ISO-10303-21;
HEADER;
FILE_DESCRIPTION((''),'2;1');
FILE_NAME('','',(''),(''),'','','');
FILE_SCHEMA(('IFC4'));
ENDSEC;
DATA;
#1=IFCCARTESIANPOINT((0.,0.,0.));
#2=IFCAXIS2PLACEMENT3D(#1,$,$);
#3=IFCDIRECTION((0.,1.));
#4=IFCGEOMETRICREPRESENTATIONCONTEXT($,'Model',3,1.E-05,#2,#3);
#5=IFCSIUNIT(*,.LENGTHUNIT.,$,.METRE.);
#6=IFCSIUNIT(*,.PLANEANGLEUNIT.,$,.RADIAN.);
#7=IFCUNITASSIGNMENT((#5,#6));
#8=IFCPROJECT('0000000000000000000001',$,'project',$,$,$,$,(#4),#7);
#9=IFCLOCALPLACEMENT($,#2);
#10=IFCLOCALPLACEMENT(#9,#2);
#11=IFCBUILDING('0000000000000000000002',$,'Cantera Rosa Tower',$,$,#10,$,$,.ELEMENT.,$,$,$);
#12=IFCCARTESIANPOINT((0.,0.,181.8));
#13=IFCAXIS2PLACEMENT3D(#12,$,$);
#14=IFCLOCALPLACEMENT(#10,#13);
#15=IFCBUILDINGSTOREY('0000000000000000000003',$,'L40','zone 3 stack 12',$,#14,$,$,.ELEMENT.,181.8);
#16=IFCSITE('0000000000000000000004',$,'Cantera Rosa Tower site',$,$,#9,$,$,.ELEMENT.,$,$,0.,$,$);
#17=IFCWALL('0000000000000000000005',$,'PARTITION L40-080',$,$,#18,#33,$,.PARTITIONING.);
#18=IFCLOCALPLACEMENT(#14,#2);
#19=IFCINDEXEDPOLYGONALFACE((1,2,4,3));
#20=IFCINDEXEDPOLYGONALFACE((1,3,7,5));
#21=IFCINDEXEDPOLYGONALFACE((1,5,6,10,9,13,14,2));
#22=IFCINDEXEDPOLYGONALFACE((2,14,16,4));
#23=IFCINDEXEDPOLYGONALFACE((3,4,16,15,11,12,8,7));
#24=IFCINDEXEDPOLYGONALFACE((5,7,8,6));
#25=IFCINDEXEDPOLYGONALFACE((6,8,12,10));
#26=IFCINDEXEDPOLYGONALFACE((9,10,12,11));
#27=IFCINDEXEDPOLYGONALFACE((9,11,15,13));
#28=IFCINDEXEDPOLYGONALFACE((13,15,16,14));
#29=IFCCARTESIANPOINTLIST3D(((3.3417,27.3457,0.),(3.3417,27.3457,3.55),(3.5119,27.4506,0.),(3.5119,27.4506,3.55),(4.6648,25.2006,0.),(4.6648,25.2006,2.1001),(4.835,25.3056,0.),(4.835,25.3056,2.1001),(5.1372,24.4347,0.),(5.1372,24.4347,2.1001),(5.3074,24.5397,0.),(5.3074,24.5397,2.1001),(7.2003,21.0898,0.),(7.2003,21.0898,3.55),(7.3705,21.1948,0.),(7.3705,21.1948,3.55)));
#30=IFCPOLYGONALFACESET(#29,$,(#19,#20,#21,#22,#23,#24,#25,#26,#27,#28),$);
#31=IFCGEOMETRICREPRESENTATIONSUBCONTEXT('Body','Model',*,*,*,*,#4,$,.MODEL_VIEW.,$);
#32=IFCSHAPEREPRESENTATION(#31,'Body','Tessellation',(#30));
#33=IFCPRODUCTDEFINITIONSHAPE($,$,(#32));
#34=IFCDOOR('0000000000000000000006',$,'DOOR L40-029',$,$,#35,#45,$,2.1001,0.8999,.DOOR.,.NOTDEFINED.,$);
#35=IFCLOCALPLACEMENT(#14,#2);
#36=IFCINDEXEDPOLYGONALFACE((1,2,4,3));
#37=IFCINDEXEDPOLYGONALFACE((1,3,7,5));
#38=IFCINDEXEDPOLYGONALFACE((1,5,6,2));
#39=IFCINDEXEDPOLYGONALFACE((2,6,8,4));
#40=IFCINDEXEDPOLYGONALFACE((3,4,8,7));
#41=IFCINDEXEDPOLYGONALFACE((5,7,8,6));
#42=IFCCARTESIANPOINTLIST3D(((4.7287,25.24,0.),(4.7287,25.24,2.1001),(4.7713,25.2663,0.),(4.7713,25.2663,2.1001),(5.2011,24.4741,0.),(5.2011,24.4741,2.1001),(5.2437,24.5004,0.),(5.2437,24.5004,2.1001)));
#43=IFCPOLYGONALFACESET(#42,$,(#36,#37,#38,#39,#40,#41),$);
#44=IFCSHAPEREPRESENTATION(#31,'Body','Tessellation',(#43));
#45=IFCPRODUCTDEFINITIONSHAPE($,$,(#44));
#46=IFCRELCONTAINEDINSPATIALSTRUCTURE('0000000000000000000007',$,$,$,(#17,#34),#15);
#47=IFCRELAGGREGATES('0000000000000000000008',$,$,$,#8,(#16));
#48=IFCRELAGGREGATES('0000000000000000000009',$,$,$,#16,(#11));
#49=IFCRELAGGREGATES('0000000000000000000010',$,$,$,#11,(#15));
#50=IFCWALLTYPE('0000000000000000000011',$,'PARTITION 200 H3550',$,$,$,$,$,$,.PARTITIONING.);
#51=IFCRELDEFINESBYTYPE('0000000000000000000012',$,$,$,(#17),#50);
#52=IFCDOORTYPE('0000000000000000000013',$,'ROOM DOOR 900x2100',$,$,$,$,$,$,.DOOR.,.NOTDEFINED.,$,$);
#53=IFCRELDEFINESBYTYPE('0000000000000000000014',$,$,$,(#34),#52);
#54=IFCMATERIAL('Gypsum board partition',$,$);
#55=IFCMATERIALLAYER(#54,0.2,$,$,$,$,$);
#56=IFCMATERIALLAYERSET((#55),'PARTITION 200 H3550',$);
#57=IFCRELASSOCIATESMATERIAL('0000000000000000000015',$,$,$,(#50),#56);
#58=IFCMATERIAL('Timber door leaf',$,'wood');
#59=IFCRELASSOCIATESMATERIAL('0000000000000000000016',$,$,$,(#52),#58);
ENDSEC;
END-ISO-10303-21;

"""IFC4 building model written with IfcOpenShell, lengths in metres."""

from ifc_helpers import new_model, si_unit, direction, frame, frame_2d, origin, place, context, subcontext, project, spatial, rectangle, extrude, material, layer, layer_set, type_object, element, fill, save


model = new_model("IFC4")

# Units and contexts
model_context = context("Model", 3, precision=1e-05, world=origin(), true_north=direction((0.0, 1.0)))
body_context = subcontext(model_context, "Body", "Model", "MODEL_VIEW")
ifc_project = project(units=[si_unit("LENGTHUNIT", "METRE"), si_unit("PLANEANGLEUNIT", "RADIAN")], contexts=[model_context])

# Site, building, storey
site_placement = place(None, origin())
site = spatial("IfcSite", under=ifc_project, at=site_placement, Name="Cantera Rosa Tower site", CompositionType="ELEMENT", RefElevation=0.0)
building_placement = place(site_placement, origin())
building = spatial("IfcBuilding", under=site, at=building_placement, Name="Cantera Rosa Tower", CompositionType="ELEMENT")
storey_placement = place(building_placement, frame((0.0, 0.0, 181.8)))
storey = spatial("IfcBuildingStorey", under=building, at=storey_placement, Name="L40", Description="zone 3 stack 12", CompositionType="ELEMENT", Elevation=181.8)

# Shared definitions
ifc_material_1 = material(Name="Gypsum board partition")
ifc_layer_1 = layer(ifc_material_1, 0.2)
ifc_layer_set_1 = layer_set([ifc_layer_1], Name="PARTITION 200 H3550")
wall_type_1 = type_object("IfcWallType", Name="PARTITION 200 H3550", PredefinedType="PARTITIONING", material=ifc_layer_set_1)

# Wall, opening, door
wall_1_placement = place(storey_placement, frame((7.2854, 21.1423, 0.0), z_axis=(0.0, 0.0, 1.0), x_axis=(-0.524974, 0.851118, 0.0)))
wall_1 = element("IfcWall", 1, at=wall_1_placement, inside=storey, type_object=wall_type_1, Name="PARTITION L40-080", PredefinedType="PARTITIONING", context=body_context, shape_type="SweptSolid", body=[
    extrude(rectangle(XDim=7.3501, YDim=0.2, at=frame_2d((3.675, 0.0))), origin(), (0.0, 0.0, 1.0), 3.55),
])
opening_1_placement = place(wall_1_placement, frame((3.9299, 0.0, 0.0)))
opening_1 = element("IfcOpeningElement", 2, at=opening_1_placement, cuts=wall_1, PredefinedType="OPENING", context=body_context, shape_type="SweptSolid", body=[
    extrude(rectangle(XDim=0.8999, YDim=2.1001, at=frame_2d((0.45, 1.05))), frame((0.0, 0.1099, 0.0), z_axis=(0.0, -1.0, 0.0), x_axis=(1.0, 0.0, 0.0)), (0.0, 0.0, 1.0), 0.22),
])
ifc_material_2 = material(Name="Timber door leaf", Category="wood")
door_type_1 = type_object("IfcDoorType", Name="ROOM DOOR 900x2100", OperationType="NOTDEFINED", PredefinedType="DOOR", material=ifc_material_2)
door_1_placement = place(opening_1_placement, origin())
door_1 = element("IfcDoor", 3, at=door_1_placement, inside=storey, type_object=door_type_1, Name="DOOR L40-029", OperationType="NOTDEFINED", OverallHeight=2.1001, OverallWidth=0.8999, PredefinedType="DOOR", context=body_context, shape_type="SweptSolid", body=[
    extrude(rectangle(XDim=0.8999, YDim=2.1001, at=frame_2d((0.45, 1.05))), frame((0.0, 0.0249, 0.0), z_axis=(0.0, -1.0, 0.0), x_axis=(1.0, 0.0, 0.0)), (0.0, 0.0, 1.0), 0.05),
])
fill(opening_1, door_1)

save(model, "model.ifc")
